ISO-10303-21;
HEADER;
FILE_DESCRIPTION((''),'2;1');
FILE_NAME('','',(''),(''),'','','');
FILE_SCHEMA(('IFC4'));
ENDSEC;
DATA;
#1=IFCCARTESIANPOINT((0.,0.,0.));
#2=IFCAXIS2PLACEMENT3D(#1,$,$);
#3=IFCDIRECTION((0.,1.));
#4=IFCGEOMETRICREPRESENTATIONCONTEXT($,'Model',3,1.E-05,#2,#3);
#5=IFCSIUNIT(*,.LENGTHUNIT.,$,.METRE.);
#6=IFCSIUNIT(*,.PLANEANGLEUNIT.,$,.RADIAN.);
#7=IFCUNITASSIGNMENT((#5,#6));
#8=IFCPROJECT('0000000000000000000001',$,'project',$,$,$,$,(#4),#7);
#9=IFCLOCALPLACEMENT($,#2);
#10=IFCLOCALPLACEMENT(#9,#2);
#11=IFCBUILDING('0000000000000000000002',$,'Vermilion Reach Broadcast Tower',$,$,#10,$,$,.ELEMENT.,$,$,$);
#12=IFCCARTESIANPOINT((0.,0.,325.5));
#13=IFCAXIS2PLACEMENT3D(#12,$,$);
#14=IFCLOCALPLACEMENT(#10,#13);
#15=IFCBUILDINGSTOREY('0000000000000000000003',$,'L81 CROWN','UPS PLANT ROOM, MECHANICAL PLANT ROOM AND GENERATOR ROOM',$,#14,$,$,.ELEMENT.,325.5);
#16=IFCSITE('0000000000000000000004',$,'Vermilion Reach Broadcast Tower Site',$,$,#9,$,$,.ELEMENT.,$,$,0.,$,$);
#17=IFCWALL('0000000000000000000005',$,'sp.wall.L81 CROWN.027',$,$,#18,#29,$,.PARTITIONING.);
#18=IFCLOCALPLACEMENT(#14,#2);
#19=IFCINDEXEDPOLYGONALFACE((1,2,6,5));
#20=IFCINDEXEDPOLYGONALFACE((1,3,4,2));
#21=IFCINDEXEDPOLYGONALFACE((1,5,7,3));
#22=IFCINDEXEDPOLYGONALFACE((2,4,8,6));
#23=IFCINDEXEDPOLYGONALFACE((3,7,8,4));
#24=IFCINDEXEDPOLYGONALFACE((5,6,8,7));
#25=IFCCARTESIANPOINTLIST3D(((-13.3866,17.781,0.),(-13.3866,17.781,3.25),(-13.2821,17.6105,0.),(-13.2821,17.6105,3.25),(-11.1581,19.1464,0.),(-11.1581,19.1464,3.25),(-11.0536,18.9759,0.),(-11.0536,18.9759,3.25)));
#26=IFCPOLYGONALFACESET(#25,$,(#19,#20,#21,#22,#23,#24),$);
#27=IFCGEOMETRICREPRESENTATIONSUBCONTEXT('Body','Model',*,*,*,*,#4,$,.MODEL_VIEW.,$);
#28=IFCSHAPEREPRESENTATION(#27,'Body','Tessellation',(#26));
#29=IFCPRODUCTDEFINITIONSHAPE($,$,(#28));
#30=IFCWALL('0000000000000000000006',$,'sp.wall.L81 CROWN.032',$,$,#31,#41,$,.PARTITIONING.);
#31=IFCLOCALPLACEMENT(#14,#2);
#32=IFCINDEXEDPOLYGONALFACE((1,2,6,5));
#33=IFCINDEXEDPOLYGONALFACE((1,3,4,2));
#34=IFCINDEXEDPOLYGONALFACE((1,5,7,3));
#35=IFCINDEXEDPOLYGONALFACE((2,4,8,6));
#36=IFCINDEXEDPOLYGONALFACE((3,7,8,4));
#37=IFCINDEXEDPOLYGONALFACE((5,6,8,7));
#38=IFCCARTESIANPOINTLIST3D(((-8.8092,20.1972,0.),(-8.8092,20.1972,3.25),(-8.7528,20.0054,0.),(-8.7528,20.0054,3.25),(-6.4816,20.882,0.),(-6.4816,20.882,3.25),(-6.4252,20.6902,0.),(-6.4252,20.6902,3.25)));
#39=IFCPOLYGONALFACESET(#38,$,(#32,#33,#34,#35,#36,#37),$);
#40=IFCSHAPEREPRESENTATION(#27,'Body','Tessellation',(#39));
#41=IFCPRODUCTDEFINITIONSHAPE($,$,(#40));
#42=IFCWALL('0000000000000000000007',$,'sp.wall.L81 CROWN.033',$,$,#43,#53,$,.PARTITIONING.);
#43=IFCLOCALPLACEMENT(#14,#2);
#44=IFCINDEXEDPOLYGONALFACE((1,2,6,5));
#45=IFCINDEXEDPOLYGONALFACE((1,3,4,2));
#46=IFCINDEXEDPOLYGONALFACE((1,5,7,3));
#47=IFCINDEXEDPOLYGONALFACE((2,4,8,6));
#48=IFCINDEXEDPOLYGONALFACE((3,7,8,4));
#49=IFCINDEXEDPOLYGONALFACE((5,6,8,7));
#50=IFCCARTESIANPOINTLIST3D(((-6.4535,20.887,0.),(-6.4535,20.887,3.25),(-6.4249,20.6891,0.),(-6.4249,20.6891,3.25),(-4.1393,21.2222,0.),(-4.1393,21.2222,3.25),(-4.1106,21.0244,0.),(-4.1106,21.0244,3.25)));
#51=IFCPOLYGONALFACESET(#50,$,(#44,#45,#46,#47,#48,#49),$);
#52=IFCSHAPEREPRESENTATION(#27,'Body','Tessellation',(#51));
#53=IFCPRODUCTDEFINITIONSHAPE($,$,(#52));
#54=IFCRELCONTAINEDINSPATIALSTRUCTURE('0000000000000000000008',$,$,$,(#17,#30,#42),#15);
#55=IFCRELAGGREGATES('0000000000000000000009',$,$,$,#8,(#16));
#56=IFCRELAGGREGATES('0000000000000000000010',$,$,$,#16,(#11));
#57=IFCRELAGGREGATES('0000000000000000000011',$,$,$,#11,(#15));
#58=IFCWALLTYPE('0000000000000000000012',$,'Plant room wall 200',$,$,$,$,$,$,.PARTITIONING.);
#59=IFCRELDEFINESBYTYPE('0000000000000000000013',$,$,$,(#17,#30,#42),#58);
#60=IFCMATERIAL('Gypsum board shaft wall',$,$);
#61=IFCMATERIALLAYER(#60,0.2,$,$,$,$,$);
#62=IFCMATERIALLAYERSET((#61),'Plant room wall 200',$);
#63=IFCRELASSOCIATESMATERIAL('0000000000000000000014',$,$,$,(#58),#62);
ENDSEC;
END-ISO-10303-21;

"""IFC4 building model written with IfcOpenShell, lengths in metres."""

from ifc_helpers import new_model, si_unit, direction, frame, frame_2d, origin, place, context, subcontext, project, spatial, rectangle, extrude, material, layer, layer_set, type_object, element, save


model = new_model("IFC4")

# Units and contexts
model_context = context("Model", 3, precision=1e-05, world=origin(), true_north=direction((0.0, 1.0)))
body_context = subcontext(model_context, "Body", "Model", "MODEL_VIEW")
ifc_project = project(units=[si_unit("LENGTHUNIT", "METRE"), si_unit("PLANEANGLEUNIT", "RADIAN")], contexts=[model_context])

# Site, building, storey
site_placement = place(None, origin())
site = spatial("IfcSite", under=ifc_project, at=site_placement, Name="Vermilion Reach Broadcast Tower Site", CompositionType="ELEMENT", RefElevation=0.0)
building_placement = place(site_placement, origin())
building = spatial("IfcBuilding", under=site, at=building_placement, Name="Vermilion Reach Broadcast Tower", CompositionType="ELEMENT")
storey_placement = place(building_placement, frame((0.0, 0.0, 325.5)))
storey = spatial("IfcBuildingStorey", under=building, at=storey_placement, Name="L81 CROWN", Description="UPS PLANT ROOM, MECHANICAL PLANT ROOM AND GENERATOR ROOM", CompositionType="ELEMENT", Elevation=325.5)

# Wall
ifc_material_1 = material(Name="Gypsum board shaft wall")
ifc_layer_1 = layer(ifc_material_1, 0.2)
ifc_layer_set_1 = layer_set([ifc_layer_1], Name="Plant room wall 200")
wall_type = type_object("IfcWallType", Name="Plant room wall 200", PredefinedType="PARTITIONING", material=ifc_layer_set_1)
wall_1_placement = place(storey_placement, frame((-13.3342, 17.6958, 0.0), z_axis=(0.0, 0.0, 1.0), x_axis=(0.852667, 0.522455, 0.0)))
element("IfcWall", 1, at=wall_1_placement, inside=storey, type_object=wall_type, Name="sp.wall.L81 CROWN.027", PredefinedType="PARTITIONING", context=body_context, shape_type="SweptSolid", body=[
    extrude(rectangle(XDim=2.6135, YDim=0.2, at=frame_2d((1.3066, 0.0))), origin(), (0.0, 0.0, 1.0), 3.25),
])

# Walls
wall_2_placement = place(storey_placement, frame((-8.781, 20.1013, 0.0), z_axis=(0.0, 0.0, 1.0), x_axis=(0.959341, 0.282248, 0.0)))
element("IfcWall", 2, at=wall_2_placement, inside=storey, type_object=wall_type, Name="sp.wall.L81 CROWN.032", PredefinedType="PARTITIONING", context=body_context, shape_type="SweptSolid", body=[
    extrude(rectangle(XDim=2.4263, YDim=0.2, at=frame_2d((1.2131, 0.0))), origin(), (0.0, 0.0, 1.0), 3.25),
])
wall_3_placement = place(storey_placement, frame((-6.4392, 20.7881, 0.0), z_axis=(0.0, 0.0, 1.0), x_axis=(0.989672, 0.143351, 0.0)))
element("IfcWall", 3, at=wall_3_placement, inside=storey, type_object=wall_type, Name="sp.wall.L81 CROWN.033", PredefinedType="PARTITIONING", context=body_context, shape_type="SweptSolid", body=[
    extrude(rectangle(XDim=2.3384, YDim=0.2, at=frame_2d((1.1692, 0.0))), origin(), (0.0, 0.0, 1.0), 3.25),
])

save(model, "model.ifc")
